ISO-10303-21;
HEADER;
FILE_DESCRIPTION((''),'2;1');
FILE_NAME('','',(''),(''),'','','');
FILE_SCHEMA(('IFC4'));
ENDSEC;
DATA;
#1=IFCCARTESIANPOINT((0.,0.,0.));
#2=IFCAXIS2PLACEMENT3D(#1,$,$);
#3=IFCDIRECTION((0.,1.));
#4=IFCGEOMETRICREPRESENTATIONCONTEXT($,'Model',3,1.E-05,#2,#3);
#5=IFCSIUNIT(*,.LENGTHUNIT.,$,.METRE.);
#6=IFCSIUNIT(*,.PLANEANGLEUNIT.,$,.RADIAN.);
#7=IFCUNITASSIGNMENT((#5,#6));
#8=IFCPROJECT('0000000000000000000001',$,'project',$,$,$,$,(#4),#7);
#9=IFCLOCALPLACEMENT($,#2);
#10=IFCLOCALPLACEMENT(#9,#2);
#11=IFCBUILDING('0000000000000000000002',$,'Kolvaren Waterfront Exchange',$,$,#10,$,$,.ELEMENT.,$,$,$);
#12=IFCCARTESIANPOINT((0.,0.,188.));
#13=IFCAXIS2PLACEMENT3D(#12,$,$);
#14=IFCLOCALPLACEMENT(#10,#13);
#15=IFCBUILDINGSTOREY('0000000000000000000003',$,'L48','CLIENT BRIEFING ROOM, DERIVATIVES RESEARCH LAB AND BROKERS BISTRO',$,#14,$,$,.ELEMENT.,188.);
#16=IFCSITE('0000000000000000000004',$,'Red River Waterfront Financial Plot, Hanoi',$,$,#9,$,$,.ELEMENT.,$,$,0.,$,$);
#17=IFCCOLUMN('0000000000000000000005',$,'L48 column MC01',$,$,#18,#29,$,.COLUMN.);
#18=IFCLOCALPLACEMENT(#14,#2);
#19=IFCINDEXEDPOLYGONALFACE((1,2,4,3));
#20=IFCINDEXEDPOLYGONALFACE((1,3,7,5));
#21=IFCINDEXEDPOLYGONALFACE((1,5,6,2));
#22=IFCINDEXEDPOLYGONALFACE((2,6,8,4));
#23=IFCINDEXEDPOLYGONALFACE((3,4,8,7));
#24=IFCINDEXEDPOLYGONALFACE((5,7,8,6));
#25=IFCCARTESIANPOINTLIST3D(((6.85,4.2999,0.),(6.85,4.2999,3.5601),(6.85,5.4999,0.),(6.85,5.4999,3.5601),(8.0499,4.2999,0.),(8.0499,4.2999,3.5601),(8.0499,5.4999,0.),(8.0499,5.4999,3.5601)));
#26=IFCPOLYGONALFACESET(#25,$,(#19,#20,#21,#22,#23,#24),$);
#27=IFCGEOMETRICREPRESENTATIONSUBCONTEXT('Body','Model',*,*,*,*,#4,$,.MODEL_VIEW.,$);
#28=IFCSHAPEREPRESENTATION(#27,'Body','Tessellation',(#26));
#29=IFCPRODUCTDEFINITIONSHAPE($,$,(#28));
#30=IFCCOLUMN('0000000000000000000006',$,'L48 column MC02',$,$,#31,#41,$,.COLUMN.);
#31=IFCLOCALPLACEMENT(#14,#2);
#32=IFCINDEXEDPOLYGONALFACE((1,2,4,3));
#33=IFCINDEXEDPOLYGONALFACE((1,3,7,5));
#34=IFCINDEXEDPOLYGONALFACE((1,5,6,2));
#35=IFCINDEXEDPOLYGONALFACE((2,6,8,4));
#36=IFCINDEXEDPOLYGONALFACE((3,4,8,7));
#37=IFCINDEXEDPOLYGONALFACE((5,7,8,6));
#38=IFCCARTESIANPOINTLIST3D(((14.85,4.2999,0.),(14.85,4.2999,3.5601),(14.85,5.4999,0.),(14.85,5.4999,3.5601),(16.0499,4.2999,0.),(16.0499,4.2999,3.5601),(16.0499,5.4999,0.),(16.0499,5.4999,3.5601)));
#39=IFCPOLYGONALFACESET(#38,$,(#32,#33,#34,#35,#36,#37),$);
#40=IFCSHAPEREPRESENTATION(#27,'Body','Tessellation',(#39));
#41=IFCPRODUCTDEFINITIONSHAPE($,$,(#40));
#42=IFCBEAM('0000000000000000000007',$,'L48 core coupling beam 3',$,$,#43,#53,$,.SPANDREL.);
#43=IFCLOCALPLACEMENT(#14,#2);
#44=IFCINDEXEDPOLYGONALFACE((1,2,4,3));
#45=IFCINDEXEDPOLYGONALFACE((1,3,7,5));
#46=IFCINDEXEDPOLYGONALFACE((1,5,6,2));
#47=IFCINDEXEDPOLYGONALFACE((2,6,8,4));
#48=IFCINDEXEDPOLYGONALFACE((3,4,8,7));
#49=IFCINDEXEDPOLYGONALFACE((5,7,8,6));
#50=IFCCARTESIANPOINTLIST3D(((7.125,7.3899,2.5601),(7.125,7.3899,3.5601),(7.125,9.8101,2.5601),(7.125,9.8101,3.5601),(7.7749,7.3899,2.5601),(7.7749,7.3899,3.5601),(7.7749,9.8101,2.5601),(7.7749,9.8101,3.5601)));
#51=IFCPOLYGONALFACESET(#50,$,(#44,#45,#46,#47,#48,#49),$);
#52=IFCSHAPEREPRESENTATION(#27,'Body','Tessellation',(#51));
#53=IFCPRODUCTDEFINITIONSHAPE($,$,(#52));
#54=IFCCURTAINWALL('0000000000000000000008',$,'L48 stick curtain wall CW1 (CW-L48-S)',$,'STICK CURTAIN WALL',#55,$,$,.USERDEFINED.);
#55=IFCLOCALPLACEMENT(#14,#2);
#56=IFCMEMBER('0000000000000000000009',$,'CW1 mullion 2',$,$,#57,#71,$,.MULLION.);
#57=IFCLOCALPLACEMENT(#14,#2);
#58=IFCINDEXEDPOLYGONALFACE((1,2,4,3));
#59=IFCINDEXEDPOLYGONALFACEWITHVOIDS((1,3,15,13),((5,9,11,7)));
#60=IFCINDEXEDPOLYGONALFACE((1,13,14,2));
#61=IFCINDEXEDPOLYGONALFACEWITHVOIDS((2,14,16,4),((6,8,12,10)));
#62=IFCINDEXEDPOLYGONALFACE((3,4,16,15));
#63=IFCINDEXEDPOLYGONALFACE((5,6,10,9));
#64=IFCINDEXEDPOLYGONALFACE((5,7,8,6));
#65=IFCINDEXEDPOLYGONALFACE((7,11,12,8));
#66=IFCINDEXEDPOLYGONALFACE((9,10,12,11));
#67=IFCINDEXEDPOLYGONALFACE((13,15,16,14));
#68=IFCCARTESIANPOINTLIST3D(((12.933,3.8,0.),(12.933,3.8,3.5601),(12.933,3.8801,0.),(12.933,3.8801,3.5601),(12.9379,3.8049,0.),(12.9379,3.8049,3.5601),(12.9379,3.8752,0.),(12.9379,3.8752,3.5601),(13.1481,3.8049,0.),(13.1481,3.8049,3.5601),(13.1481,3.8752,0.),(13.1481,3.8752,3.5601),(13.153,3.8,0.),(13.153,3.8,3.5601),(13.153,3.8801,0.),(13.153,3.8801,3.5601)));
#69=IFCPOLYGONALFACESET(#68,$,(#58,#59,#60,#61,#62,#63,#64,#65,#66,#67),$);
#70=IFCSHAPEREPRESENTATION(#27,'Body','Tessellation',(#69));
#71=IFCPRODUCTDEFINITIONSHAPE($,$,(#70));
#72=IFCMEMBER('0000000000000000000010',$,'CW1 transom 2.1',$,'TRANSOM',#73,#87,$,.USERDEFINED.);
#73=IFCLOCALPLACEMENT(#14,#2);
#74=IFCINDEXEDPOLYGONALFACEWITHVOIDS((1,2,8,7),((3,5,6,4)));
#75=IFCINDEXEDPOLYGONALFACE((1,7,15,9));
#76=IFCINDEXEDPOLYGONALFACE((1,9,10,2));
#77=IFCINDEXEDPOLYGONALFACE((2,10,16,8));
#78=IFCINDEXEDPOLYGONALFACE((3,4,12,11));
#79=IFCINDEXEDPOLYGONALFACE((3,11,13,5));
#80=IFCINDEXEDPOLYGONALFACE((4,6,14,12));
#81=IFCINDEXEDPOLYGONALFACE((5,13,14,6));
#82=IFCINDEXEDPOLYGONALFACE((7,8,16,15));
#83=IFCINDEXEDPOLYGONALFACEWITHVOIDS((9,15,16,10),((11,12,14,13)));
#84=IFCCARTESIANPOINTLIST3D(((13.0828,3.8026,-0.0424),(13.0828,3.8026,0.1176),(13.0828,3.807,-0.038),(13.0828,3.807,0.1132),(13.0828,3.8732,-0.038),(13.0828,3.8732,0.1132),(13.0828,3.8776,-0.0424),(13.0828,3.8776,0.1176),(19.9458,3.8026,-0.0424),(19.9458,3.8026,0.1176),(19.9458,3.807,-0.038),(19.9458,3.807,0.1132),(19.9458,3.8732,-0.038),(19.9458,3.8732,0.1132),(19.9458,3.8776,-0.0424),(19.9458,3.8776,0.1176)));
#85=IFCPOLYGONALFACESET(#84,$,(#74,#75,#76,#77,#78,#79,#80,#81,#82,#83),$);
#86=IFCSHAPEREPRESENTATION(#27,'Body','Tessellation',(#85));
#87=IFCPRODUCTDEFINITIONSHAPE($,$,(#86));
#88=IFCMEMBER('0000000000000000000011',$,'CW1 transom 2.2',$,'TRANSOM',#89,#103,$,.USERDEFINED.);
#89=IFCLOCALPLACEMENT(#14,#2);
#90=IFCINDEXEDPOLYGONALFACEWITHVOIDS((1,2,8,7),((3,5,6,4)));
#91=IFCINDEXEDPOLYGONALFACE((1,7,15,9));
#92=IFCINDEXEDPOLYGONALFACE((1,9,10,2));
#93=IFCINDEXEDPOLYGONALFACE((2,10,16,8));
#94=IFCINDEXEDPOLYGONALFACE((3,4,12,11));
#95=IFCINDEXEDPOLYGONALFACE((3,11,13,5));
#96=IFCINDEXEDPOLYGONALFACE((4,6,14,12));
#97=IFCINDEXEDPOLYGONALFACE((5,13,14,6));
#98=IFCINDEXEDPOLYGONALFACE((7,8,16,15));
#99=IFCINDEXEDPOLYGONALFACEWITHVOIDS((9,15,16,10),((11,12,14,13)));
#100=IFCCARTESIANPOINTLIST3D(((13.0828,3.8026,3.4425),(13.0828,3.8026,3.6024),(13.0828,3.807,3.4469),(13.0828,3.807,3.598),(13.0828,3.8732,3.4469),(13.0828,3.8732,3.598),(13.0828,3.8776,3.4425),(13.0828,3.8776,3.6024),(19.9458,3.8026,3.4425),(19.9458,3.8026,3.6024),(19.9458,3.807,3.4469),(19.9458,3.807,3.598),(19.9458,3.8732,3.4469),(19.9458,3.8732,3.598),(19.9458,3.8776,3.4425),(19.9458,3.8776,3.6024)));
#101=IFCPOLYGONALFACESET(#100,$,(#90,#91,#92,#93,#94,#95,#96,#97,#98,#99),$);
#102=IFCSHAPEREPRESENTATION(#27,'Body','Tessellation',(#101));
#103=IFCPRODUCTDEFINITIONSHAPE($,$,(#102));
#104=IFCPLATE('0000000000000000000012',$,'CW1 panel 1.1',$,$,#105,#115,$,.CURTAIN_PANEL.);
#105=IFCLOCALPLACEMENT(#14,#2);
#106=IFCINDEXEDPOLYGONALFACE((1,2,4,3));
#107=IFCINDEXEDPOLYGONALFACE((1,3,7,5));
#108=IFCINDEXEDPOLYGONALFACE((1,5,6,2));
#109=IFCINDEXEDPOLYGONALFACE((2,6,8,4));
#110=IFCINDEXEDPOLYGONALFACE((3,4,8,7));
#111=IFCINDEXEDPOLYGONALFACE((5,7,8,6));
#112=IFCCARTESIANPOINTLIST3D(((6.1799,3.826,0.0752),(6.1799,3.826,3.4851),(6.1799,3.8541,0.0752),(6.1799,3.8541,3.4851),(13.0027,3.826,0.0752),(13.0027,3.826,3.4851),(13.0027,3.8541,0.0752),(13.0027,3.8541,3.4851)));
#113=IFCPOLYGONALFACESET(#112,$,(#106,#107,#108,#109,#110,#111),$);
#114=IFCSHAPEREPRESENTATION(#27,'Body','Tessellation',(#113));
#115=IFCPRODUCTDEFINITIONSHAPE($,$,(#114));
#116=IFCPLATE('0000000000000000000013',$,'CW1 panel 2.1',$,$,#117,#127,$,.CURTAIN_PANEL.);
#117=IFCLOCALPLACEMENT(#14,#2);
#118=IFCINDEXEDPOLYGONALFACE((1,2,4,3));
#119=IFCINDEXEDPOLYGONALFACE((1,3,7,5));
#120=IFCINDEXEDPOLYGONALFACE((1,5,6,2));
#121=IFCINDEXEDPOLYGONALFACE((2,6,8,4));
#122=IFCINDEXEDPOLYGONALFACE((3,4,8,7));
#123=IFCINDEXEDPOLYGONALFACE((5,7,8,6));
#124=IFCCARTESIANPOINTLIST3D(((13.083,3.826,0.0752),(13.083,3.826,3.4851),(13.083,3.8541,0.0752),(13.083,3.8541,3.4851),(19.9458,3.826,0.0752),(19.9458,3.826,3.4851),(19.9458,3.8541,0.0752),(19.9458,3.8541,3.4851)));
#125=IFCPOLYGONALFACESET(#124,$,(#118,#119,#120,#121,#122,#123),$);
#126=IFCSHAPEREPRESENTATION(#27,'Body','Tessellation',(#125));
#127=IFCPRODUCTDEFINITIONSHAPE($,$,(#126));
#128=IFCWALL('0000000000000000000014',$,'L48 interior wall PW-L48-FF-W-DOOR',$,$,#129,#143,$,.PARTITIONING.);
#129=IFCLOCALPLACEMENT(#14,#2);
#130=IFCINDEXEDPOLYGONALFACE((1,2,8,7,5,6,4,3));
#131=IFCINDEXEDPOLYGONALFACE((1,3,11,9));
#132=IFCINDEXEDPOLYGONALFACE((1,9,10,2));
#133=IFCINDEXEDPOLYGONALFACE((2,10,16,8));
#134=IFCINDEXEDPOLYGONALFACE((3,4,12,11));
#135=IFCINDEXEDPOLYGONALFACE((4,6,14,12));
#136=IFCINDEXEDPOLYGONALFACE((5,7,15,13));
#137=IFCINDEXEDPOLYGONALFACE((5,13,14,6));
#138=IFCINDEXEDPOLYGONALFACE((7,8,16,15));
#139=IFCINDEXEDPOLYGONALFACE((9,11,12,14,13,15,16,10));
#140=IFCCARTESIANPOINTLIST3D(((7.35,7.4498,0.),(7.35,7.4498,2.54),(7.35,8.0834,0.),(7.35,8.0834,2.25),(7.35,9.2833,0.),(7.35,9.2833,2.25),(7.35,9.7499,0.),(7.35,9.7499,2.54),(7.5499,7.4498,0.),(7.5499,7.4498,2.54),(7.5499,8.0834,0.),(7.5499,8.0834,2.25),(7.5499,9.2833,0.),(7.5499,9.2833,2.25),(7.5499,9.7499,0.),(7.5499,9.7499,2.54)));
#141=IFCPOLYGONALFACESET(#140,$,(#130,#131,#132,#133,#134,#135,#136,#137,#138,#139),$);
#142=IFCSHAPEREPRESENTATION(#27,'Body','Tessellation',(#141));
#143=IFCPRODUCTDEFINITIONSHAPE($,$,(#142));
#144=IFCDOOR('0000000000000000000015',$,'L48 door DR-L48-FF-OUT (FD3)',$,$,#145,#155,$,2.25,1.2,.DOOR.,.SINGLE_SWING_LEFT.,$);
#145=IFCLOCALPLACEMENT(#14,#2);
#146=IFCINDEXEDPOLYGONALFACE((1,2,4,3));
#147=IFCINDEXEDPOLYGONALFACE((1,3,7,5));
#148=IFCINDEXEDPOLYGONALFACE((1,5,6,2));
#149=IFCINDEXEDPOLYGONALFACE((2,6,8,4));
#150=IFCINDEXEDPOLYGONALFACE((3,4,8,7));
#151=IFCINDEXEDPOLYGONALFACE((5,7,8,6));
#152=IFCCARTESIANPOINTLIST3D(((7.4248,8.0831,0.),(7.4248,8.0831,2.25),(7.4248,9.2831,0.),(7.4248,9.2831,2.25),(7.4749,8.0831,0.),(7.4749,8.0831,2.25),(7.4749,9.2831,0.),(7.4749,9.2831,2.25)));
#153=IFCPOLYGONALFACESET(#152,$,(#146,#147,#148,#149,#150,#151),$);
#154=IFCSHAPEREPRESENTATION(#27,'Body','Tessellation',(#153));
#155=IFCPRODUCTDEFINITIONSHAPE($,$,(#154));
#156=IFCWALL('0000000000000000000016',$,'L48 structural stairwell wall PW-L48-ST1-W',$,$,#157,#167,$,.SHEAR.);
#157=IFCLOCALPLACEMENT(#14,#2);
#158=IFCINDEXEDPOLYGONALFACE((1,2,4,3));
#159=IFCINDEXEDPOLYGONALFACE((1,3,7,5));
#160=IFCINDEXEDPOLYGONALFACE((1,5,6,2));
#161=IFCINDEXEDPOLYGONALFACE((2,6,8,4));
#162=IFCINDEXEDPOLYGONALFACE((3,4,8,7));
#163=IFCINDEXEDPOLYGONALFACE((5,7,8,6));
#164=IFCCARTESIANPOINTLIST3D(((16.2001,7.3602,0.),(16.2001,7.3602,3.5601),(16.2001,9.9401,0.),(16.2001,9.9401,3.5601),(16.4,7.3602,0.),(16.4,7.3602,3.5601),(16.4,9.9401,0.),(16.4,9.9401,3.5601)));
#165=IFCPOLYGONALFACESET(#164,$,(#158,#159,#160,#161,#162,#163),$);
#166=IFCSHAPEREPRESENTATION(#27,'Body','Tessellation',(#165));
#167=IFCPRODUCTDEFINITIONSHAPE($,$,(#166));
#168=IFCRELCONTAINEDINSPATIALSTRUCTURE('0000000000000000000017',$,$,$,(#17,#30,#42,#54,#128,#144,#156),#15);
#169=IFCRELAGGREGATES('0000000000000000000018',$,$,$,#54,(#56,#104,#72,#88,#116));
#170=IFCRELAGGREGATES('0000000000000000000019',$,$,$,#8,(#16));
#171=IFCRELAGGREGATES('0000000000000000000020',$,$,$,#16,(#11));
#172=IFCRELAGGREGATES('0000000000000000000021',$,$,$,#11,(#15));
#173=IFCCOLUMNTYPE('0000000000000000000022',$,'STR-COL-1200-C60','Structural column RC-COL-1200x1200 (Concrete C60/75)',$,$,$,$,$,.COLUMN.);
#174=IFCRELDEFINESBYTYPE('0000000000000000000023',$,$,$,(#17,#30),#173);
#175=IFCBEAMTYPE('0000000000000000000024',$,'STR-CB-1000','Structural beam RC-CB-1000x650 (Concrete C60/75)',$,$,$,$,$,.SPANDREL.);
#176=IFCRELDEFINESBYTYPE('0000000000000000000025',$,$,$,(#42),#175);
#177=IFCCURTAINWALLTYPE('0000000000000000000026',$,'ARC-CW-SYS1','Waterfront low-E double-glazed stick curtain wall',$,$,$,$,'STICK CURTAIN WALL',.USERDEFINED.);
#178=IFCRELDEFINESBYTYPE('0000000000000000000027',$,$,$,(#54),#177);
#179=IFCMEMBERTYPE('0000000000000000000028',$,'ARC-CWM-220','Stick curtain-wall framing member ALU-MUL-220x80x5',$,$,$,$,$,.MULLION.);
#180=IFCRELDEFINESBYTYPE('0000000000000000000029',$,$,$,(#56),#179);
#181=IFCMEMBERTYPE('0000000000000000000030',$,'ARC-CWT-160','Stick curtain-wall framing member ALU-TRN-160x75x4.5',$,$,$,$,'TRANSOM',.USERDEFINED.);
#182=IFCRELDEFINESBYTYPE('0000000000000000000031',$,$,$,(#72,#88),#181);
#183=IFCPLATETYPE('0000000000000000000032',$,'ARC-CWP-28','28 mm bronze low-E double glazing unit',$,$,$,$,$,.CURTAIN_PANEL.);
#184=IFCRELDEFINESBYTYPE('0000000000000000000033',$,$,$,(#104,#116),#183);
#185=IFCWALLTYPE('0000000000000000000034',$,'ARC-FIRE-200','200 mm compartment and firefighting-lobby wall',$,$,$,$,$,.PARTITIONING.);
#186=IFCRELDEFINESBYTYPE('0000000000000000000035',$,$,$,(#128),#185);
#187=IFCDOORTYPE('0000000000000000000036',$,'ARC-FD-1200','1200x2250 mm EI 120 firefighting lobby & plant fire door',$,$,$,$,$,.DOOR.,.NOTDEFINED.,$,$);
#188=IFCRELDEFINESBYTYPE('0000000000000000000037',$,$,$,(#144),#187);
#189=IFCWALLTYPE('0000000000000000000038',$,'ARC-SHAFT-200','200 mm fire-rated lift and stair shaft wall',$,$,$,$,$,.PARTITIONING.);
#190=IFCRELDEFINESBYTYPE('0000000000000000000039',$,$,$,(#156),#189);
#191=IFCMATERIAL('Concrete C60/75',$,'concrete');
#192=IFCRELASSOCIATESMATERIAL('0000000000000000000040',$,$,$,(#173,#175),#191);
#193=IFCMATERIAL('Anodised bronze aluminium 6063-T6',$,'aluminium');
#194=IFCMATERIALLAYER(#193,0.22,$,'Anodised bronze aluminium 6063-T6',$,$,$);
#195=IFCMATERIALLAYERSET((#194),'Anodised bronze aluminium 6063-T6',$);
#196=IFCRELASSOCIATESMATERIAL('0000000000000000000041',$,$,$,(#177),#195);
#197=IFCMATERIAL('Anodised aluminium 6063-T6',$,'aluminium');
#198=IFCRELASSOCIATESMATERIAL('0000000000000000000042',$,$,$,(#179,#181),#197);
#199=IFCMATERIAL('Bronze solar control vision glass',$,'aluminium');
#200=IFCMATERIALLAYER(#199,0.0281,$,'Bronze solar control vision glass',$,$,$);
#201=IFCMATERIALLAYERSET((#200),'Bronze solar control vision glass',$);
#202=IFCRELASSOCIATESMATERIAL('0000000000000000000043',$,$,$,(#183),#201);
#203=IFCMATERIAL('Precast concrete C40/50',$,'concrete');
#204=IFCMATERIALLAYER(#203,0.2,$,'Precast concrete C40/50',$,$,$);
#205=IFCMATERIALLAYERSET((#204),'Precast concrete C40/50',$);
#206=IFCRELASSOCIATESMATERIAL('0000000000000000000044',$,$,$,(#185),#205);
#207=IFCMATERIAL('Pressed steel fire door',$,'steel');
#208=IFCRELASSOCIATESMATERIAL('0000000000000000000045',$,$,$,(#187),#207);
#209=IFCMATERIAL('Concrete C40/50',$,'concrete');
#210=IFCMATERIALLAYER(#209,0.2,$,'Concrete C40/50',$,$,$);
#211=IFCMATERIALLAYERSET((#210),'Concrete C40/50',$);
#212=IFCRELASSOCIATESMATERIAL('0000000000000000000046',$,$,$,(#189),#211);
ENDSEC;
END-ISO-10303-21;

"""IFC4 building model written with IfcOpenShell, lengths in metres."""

from ifc_helpers import new_model, si_unit, direction, frame, frame_2d, origin, origin_with_axes, origin_2d, place, context, subcontext, project, spatial, rectangle, hollow_rectangle, extrude, source, transform, mapped, material, layer, layer_set, material_profile, profile_set, type_object, element, fill, aggregate, save


model = new_model("IFC4")

# Units and contexts
model_context = context("Model", 3, precision=1e-05, world=origin(), true_north=direction((0.0, 1.0)))
body_context = subcontext(model_context, "Body", "Model", "MODEL_VIEW")
ifc_project = project(units=[si_unit("LENGTHUNIT", "METRE"), si_unit("PLANEANGLEUNIT", "RADIAN")], contexts=[model_context])

# Site, building, storey
site_placement = place(None, origin())
site = spatial("IfcSite", under=ifc_project, at=site_placement, Name="Red River Waterfront Financial Plot, Hanoi", CompositionType="ELEMENT", RefElevation=0.0)
building_placement = place(site_placement, origin())
building = spatial("IfcBuilding", under=site, at=building_placement, Name="Kolvaren Waterfront Exchange", CompositionType="ELEMENT")
storey_placement = place(building_placement, frame((0.0, 0.0, 188.0)))
storey = spatial("IfcBuildingStorey", under=building, at=storey_placement, Name="L48", Description="CLIENT BRIEFING ROOM, DERIVATIVES RESEARCH LAB AND BROKERS BISTRO", CompositionType="ELEMENT", Elevation=188.0)

# Columns
ifc_material_1 = material(Name="Concrete C60/75", Category="concrete")
ifc_material_profile_1 = material_profile(ifc_material_1, rectangle(XDim=1.2, YDim=1.2, at=origin_2d()), Name="RC-COL-1200x1200")
ifc_profile_set_1 = profile_set([ifc_material_profile_1], Name="Concrete C60/75")
column_type = type_object("IfcColumnType", Name="STR-COL-1200-C60", Description="Structural column RC-COL-1200x1200 (Concrete C60/75)", PredefinedType="COLUMN", material=ifc_profile_set_1)
for number, where, z_axis, x_axis, name in (
    (1, (7.45, 4.8999, 0.0), (0.0, 0.0, 1.0), (1.0, 0.0, 0.0), "L48 column MC01"),
    (2, (15.45, 4.8999, 0.0), (0.0, 0.0, 1.0), (1.0, 0.0, 0.0), "L48 column MC02"),
):
    element("IfcColumn", number, at=place(storey_placement, frame(where, z_axis=z_axis, x_axis=x_axis)), inside=storey, type_object=column_type, Name=name, PredefinedType="COLUMN", context=body_context, shape_type="SweptSolid", body=[
        extrude(rectangle(XDim=1.2, YDim=1.2, at=origin_2d()), origin(), (0.0, 0.0, 1.0), 3.5601),
    ])

# Beam
ifc_material_profile_2 = material_profile(ifc_material_1, rectangle(XDim=0.6499, YDim=1.0, at=origin_2d()), Name="RC-CB-1000x650")
ifc_profile_set_2 = profile_set([ifc_material_profile_2], Name="Concrete C60/75")
beam_type = type_object("IfcBeamType", Name="STR-CB-1000", Description="Structural beam RC-CB-1000x650 (Concrete C60/75)", PredefinedType="SPANDREL", material=ifc_profile_set_2)
beam_placement = place(storey_placement, frame((7.45, 7.3899, 3.0601), z_axis=(0.0, 1.0, 0.0), x_axis=(-1.0, 0.0, 0.0)))
element("IfcBeam", 3, at=beam_placement, inside=storey, type_object=beam_type, Name="L48 core coupling beam 3", PredefinedType="SPANDREL", context=body_context, shape_type="SweptSolid", body=[
    extrude(rectangle(XDim=0.6499, YDim=1.0, at=origin_2d()), origin(), (0.0, 0.0, 1.0), 2.4202),
])

# Curtain wall, members, plates
ifc_material_2 = material(Name="Anodised bronze aluminium 6063-T6", Category="aluminium")
ifc_layer_1 = layer(ifc_material_2, 0.22, Name="Anodised bronze aluminium 6063-T6")
ifc_layer_set_1 = layer_set([ifc_layer_1], Name="Anodised bronze aluminium 6063-T6")
curtain_wall_type = type_object("IfcCurtainWallType", Name="ARC-CW-SYS1", Description="Waterfront low-E double-glazed stick curtain wall", ElementType="STICK CURTAIN WALL", PredefinedType="USERDEFINED", material=ifc_layer_set_1)
curtain_wall_placement = place(storey_placement, origin())
curtain_wall = element("IfcCurtainWall", 4, at=curtain_wall_placement, inside=storey, type_object=curtain_wall_type, Name="L48 stick curtain wall CW1 (CW-L48-S)", ObjectType="STICK CURTAIN WALL", PredefinedType="USERDEFINED")
ifc_material_3 = material(Name="Anodised aluminium 6063-T6", Category="aluminium")
ifc_material_profile_3 = material_profile(ifc_material_3, hollow_rectangle(XDim=0.0801, YDim=0.22, WallThickness=0.0049, at=origin_2d()), Name="ALU-MUL-220x80x5")
ifc_profile_set_3 = profile_set([ifc_material_profile_3], Name="Anodised aluminium 6063-T6")
member_type_1 = type_object("IfcMemberType", Name="ARC-CWM-220", Description="Stick curtain-wall framing member ALU-MUL-220x80x5", PredefinedType="MULLION", material=ifc_profile_set_3)
shared_shape_1 = source(origin_with_axes(), body_context, "Body", "SweptSolid", [
    extrude(hollow_rectangle(XDim=0.0801, YDim=0.22, WallThickness=0.0049, at=origin_2d()), origin(), (0.0, 0.0, 1.0), 3.5601),
])
member_1_placement = place(storey_placement, frame((13.043, 3.8401, 0.0), z_axis=(0.0, 0.0, 1.0), x_axis=(0.0, 1.0, 0.0)))
member_1 = element("IfcMember", 5, at=member_1_placement, type_object=member_type_1, Name="CW1 mullion 2", PredefinedType="MULLION", context=body_context, shape_type="MappedRepresentation", body=[
    mapped(shared_shape_1, transform((0.0, 0.0, 0.0), x_axis=(1.0, 0.0, 0.0), y_axis=(0.0, 1.0, 0.0), z_axis=(0.0, 0.0, 1.0), scale=1.0)),
])
ifc_material_profile_4 = material_profile(ifc_material_3, hollow_rectangle(XDim=0.075, YDim=0.1599, WallThickness=0.0044, at=origin_2d()), Name="ALU-TRN-160x75x4.5")
ifc_profile_set_4 = profile_set([ifc_material_profile_4], Name="Anodised aluminium 6063-T6")
member_type_2 = type_object("IfcMemberType", Name="ARC-CWT-160", Description="Stick curtain-wall framing member ALU-TRN-160x75x4.5", ElementType="TRANSOM", PredefinedType="USERDEFINED", material=ifc_profile_set_4)
shared_shape_2 = source(origin_with_axes(), body_context, "Body", "SweptSolid", [
    extrude(hollow_rectangle(XDim=0.075, YDim=0.1599, WallThickness=0.0044, at=origin_2d()), origin(), (0.0, 0.0, 1.0), 6.863),
])
member_2_placement = place(storey_placement, frame((13.0828, 3.8401, 0.0376), z_axis=(1.0, 0.0, 0.0), x_axis=(0.0, 1.0, 0.0)))
member_2 = element("IfcMember", 6, at=member_2_placement, type_object=member_type_2, Name="CW1 transom 2.1", ObjectType="TRANSOM", PredefinedType="USERDEFINED", context=body_context, shape_type="MappedRepresentation", body=[
    mapped(shared_shape_2, transform((0.0, 0.0, 0.0), x_axis=(1.0, 0.0, 0.0), y_axis=(0.0, 1.0, 0.0), z_axis=(0.0, 0.0, 1.0), scale=1.0)),
])
member_3_placement = place(storey_placement, frame((13.0828, 3.8401, 3.5225), z_axis=(1.0, 0.0, 0.0), x_axis=(0.0, 1.0, 0.0)))
member_3 = element("IfcMember", 7, at=member_3_placement, type_object=member_type_2, Name="CW1 transom 2.2", ObjectType="TRANSOM", PredefinedType="USERDEFINED", context=body_context, shape_type="MappedRepresentation", body=[
    mapped(shared_shape_2, transform((0.0, 0.0, 0.0), x_axis=(1.0, 0.0, 0.0), y_axis=(0.0, 1.0, 0.0), z_axis=(0.0, 0.0, 1.0), scale=1.0)),
])
ifc_material_4 = material(Name="Bronze solar control vision glass", Category="aluminium")
ifc_layer_2 = layer(ifc_material_4, 0.0281, Name="Bronze solar control vision glass")
ifc_layer_set_2 = layer_set([ifc_layer_2], Name="Bronze solar control vision glass")
plate_type = type_object("IfcPlateType", Name="ARC-CWP-28", Description="28 mm bronze low-E double glazing unit", PredefinedType="CURTAIN_PANEL", material=ifc_layer_set_2)
shared_shape_3 = source(origin_with_axes(), body_context, "Body", "SweptSolid", [
    extrude(rectangle(XDim=6.8228, YDim=0.0281, at=origin_2d()), origin(), (0.0, 0.0, 1.0), 3.4099),
])
plate_1_placement = place(storey_placement, frame((9.5913, 3.8401, 0.0752), z_axis=(0.0, 0.0, 1.0), x_axis=(1.0, 0.0, 0.0)))
plate_1 = element("IfcPlate", 8, at=plate_1_placement, type_object=plate_type, Name="CW1 panel 1.1", PredefinedType="CURTAIN_PANEL", context=body_context, shape_type="MappedRepresentation", body=[
    mapped(shared_shape_3, transform((0.0, 0.0, 0.0), x_axis=(1.0, 0.0, 0.0), y_axis=(0.0, 1.0, 0.0), z_axis=(0.0, 0.0, 1.0), scale=1.0)),
])
shared_shape_4 = source(origin_with_axes(), body_context, "Body", "SweptSolid", [
    extrude(rectangle(XDim=6.8628, YDim=0.0281, at=origin_2d()), origin(), (0.0, 0.0, 1.0), 3.4099),
])
plate_2_placement = place(storey_placement, frame((16.5144, 3.8401, 0.0752), z_axis=(0.0, 0.0, 1.0), x_axis=(1.0, 0.0, 0.0)))
plate_2 = element("IfcPlate", 9, at=plate_2_placement, type_object=plate_type, Name="CW1 panel 2.1", PredefinedType="CURTAIN_PANEL", context=body_context, shape_type="MappedRepresentation", body=[
    mapped(shared_shape_4, transform((0.0, 0.0, 0.0), x_axis=(1.0, 0.0, 0.0), y_axis=(0.0, 1.0, 0.0), z_axis=(0.0, 0.0, 1.0), scale=1.0)),
])
aggregate(curtain_wall, [member_1, plate_1, member_2, member_3, plate_2])

# Wall, opening, door
ifc_material_5 = material(Name="Precast concrete C40/50", Category="concrete")
ifc_layer_3 = layer(ifc_material_5, 0.2, Name="Precast concrete C40/50")
ifc_layer_set_3 = layer_set([ifc_layer_3], Name="Precast concrete C40/50")
wall_type_1 = type_object("IfcWallType", Name="ARC-FIRE-200", Description="200 mm compartment and firefighting-lobby wall", PredefinedType="PARTITIONING", material=ifc_layer_set_3)
wall_1_placement = place(storey_placement, frame((7.45, 7.45, 0.0), z_axis=(0.0, 0.0, 1.0), x_axis=(0.0, 1.0, 0.0)))
wall_1 = element("IfcWall", 10, at=wall_1_placement, inside=storey, type_object=wall_type_1, Name="L48 interior wall PW-L48-FF-W-DOOR", PredefinedType="PARTITIONING", context=body_context, shape_type="SweptSolid", body=[
    extrude(rectangle(XDim=2.3, YDim=0.2, at=frame_2d((1.1499, 0.0))), origin(), (0.0, 0.0, 1.0), 2.54),
])
opening_1_placement = place(wall_1_placement, frame((0.6333, 0.0, 0.0)))
opening_1 = element("IfcOpeningElement", 11, at=opening_1_placement, cuts=wall_1, PredefinedType="OPENING", context=body_context, shape_type="SweptSolid", body=[
    extrude(rectangle(XDim=1.2, YDim=2.25, at=frame_2d((0.6001, 1.125))), frame((0.0, 0.1099, 0.0), z_axis=(0.0, -1.0, 0.0), x_axis=(1.0, 0.0, 0.0)), (0.0, 0.0, 1.0), 0.22),
])
ifc_material_6 = material(Name="Pressed steel fire door", Category="steel")
door_type_1 = type_object("IfcDoorType", Name="ARC-FD-1200", Description="1200x2250 mm EI 120 firefighting lobby & plant fire door", OperationType="NOTDEFINED", PredefinedType="DOOR", material=ifc_material_6)
door_1_placement = place(opening_1_placement, frame((1.2, 0.0, 0.0), z_axis=(0.0, 0.0, 1.0), x_axis=(-1.0, 0.0, 0.0)))
door_1 = element("IfcDoor", 12, at=door_1_placement, inside=storey, type_object=door_type_1, Name="L48 door DR-L48-FF-OUT (FD3)", OperationType="SINGLE_SWING_LEFT", OverallHeight=2.25, OverallWidth=1.2, PredefinedType="DOOR", context=body_context, shape_type="SweptSolid", body=[
    extrude(rectangle(XDim=1.2, YDim=2.25, at=frame_2d((0.6001, 1.125))), frame((0.0, 0.0249, 0.0), z_axis=(0.0, -1.0, 0.0), x_axis=(1.0, 0.0, 0.0)), (0.0, 0.0, 1.0), 0.05),
])
fill(opening_1, door_1)

# Wall
ifc_material_7 = material(Name="Concrete C40/50", Category="concrete")
ifc_layer_4 = layer(ifc_material_7, 0.2, Name="Concrete C40/50")
ifc_layer_set_4 = layer_set([ifc_layer_4], Name="Concrete C40/50")
wall_type_2 = type_object("IfcWallType", Name="ARC-SHAFT-200", Description="200 mm fire-rated lift and stair shaft wall", PredefinedType="PARTITIONING", material=ifc_layer_set_4)
wall_2_placement = place(storey_placement, frame((16.3, 7.3601, 0.0), z_axis=(0.0, 0.0, 1.0), x_axis=(0.0, 1.0, 0.0)))
element("IfcWall", 13, at=wall_2_placement, inside=storey, type_object=wall_type_2, Name="L48 structural stairwell wall PW-L48-ST1-W", PredefinedType="SHEAR", context=body_context, shape_type="SweptSolid", body=[
    extrude(rectangle(XDim=2.5798, YDim=0.2, at=frame_2d((1.29, 0.0))), origin(), (0.0, 0.0, 1.0), 3.5601),
])

save(model, "model.ifc")
